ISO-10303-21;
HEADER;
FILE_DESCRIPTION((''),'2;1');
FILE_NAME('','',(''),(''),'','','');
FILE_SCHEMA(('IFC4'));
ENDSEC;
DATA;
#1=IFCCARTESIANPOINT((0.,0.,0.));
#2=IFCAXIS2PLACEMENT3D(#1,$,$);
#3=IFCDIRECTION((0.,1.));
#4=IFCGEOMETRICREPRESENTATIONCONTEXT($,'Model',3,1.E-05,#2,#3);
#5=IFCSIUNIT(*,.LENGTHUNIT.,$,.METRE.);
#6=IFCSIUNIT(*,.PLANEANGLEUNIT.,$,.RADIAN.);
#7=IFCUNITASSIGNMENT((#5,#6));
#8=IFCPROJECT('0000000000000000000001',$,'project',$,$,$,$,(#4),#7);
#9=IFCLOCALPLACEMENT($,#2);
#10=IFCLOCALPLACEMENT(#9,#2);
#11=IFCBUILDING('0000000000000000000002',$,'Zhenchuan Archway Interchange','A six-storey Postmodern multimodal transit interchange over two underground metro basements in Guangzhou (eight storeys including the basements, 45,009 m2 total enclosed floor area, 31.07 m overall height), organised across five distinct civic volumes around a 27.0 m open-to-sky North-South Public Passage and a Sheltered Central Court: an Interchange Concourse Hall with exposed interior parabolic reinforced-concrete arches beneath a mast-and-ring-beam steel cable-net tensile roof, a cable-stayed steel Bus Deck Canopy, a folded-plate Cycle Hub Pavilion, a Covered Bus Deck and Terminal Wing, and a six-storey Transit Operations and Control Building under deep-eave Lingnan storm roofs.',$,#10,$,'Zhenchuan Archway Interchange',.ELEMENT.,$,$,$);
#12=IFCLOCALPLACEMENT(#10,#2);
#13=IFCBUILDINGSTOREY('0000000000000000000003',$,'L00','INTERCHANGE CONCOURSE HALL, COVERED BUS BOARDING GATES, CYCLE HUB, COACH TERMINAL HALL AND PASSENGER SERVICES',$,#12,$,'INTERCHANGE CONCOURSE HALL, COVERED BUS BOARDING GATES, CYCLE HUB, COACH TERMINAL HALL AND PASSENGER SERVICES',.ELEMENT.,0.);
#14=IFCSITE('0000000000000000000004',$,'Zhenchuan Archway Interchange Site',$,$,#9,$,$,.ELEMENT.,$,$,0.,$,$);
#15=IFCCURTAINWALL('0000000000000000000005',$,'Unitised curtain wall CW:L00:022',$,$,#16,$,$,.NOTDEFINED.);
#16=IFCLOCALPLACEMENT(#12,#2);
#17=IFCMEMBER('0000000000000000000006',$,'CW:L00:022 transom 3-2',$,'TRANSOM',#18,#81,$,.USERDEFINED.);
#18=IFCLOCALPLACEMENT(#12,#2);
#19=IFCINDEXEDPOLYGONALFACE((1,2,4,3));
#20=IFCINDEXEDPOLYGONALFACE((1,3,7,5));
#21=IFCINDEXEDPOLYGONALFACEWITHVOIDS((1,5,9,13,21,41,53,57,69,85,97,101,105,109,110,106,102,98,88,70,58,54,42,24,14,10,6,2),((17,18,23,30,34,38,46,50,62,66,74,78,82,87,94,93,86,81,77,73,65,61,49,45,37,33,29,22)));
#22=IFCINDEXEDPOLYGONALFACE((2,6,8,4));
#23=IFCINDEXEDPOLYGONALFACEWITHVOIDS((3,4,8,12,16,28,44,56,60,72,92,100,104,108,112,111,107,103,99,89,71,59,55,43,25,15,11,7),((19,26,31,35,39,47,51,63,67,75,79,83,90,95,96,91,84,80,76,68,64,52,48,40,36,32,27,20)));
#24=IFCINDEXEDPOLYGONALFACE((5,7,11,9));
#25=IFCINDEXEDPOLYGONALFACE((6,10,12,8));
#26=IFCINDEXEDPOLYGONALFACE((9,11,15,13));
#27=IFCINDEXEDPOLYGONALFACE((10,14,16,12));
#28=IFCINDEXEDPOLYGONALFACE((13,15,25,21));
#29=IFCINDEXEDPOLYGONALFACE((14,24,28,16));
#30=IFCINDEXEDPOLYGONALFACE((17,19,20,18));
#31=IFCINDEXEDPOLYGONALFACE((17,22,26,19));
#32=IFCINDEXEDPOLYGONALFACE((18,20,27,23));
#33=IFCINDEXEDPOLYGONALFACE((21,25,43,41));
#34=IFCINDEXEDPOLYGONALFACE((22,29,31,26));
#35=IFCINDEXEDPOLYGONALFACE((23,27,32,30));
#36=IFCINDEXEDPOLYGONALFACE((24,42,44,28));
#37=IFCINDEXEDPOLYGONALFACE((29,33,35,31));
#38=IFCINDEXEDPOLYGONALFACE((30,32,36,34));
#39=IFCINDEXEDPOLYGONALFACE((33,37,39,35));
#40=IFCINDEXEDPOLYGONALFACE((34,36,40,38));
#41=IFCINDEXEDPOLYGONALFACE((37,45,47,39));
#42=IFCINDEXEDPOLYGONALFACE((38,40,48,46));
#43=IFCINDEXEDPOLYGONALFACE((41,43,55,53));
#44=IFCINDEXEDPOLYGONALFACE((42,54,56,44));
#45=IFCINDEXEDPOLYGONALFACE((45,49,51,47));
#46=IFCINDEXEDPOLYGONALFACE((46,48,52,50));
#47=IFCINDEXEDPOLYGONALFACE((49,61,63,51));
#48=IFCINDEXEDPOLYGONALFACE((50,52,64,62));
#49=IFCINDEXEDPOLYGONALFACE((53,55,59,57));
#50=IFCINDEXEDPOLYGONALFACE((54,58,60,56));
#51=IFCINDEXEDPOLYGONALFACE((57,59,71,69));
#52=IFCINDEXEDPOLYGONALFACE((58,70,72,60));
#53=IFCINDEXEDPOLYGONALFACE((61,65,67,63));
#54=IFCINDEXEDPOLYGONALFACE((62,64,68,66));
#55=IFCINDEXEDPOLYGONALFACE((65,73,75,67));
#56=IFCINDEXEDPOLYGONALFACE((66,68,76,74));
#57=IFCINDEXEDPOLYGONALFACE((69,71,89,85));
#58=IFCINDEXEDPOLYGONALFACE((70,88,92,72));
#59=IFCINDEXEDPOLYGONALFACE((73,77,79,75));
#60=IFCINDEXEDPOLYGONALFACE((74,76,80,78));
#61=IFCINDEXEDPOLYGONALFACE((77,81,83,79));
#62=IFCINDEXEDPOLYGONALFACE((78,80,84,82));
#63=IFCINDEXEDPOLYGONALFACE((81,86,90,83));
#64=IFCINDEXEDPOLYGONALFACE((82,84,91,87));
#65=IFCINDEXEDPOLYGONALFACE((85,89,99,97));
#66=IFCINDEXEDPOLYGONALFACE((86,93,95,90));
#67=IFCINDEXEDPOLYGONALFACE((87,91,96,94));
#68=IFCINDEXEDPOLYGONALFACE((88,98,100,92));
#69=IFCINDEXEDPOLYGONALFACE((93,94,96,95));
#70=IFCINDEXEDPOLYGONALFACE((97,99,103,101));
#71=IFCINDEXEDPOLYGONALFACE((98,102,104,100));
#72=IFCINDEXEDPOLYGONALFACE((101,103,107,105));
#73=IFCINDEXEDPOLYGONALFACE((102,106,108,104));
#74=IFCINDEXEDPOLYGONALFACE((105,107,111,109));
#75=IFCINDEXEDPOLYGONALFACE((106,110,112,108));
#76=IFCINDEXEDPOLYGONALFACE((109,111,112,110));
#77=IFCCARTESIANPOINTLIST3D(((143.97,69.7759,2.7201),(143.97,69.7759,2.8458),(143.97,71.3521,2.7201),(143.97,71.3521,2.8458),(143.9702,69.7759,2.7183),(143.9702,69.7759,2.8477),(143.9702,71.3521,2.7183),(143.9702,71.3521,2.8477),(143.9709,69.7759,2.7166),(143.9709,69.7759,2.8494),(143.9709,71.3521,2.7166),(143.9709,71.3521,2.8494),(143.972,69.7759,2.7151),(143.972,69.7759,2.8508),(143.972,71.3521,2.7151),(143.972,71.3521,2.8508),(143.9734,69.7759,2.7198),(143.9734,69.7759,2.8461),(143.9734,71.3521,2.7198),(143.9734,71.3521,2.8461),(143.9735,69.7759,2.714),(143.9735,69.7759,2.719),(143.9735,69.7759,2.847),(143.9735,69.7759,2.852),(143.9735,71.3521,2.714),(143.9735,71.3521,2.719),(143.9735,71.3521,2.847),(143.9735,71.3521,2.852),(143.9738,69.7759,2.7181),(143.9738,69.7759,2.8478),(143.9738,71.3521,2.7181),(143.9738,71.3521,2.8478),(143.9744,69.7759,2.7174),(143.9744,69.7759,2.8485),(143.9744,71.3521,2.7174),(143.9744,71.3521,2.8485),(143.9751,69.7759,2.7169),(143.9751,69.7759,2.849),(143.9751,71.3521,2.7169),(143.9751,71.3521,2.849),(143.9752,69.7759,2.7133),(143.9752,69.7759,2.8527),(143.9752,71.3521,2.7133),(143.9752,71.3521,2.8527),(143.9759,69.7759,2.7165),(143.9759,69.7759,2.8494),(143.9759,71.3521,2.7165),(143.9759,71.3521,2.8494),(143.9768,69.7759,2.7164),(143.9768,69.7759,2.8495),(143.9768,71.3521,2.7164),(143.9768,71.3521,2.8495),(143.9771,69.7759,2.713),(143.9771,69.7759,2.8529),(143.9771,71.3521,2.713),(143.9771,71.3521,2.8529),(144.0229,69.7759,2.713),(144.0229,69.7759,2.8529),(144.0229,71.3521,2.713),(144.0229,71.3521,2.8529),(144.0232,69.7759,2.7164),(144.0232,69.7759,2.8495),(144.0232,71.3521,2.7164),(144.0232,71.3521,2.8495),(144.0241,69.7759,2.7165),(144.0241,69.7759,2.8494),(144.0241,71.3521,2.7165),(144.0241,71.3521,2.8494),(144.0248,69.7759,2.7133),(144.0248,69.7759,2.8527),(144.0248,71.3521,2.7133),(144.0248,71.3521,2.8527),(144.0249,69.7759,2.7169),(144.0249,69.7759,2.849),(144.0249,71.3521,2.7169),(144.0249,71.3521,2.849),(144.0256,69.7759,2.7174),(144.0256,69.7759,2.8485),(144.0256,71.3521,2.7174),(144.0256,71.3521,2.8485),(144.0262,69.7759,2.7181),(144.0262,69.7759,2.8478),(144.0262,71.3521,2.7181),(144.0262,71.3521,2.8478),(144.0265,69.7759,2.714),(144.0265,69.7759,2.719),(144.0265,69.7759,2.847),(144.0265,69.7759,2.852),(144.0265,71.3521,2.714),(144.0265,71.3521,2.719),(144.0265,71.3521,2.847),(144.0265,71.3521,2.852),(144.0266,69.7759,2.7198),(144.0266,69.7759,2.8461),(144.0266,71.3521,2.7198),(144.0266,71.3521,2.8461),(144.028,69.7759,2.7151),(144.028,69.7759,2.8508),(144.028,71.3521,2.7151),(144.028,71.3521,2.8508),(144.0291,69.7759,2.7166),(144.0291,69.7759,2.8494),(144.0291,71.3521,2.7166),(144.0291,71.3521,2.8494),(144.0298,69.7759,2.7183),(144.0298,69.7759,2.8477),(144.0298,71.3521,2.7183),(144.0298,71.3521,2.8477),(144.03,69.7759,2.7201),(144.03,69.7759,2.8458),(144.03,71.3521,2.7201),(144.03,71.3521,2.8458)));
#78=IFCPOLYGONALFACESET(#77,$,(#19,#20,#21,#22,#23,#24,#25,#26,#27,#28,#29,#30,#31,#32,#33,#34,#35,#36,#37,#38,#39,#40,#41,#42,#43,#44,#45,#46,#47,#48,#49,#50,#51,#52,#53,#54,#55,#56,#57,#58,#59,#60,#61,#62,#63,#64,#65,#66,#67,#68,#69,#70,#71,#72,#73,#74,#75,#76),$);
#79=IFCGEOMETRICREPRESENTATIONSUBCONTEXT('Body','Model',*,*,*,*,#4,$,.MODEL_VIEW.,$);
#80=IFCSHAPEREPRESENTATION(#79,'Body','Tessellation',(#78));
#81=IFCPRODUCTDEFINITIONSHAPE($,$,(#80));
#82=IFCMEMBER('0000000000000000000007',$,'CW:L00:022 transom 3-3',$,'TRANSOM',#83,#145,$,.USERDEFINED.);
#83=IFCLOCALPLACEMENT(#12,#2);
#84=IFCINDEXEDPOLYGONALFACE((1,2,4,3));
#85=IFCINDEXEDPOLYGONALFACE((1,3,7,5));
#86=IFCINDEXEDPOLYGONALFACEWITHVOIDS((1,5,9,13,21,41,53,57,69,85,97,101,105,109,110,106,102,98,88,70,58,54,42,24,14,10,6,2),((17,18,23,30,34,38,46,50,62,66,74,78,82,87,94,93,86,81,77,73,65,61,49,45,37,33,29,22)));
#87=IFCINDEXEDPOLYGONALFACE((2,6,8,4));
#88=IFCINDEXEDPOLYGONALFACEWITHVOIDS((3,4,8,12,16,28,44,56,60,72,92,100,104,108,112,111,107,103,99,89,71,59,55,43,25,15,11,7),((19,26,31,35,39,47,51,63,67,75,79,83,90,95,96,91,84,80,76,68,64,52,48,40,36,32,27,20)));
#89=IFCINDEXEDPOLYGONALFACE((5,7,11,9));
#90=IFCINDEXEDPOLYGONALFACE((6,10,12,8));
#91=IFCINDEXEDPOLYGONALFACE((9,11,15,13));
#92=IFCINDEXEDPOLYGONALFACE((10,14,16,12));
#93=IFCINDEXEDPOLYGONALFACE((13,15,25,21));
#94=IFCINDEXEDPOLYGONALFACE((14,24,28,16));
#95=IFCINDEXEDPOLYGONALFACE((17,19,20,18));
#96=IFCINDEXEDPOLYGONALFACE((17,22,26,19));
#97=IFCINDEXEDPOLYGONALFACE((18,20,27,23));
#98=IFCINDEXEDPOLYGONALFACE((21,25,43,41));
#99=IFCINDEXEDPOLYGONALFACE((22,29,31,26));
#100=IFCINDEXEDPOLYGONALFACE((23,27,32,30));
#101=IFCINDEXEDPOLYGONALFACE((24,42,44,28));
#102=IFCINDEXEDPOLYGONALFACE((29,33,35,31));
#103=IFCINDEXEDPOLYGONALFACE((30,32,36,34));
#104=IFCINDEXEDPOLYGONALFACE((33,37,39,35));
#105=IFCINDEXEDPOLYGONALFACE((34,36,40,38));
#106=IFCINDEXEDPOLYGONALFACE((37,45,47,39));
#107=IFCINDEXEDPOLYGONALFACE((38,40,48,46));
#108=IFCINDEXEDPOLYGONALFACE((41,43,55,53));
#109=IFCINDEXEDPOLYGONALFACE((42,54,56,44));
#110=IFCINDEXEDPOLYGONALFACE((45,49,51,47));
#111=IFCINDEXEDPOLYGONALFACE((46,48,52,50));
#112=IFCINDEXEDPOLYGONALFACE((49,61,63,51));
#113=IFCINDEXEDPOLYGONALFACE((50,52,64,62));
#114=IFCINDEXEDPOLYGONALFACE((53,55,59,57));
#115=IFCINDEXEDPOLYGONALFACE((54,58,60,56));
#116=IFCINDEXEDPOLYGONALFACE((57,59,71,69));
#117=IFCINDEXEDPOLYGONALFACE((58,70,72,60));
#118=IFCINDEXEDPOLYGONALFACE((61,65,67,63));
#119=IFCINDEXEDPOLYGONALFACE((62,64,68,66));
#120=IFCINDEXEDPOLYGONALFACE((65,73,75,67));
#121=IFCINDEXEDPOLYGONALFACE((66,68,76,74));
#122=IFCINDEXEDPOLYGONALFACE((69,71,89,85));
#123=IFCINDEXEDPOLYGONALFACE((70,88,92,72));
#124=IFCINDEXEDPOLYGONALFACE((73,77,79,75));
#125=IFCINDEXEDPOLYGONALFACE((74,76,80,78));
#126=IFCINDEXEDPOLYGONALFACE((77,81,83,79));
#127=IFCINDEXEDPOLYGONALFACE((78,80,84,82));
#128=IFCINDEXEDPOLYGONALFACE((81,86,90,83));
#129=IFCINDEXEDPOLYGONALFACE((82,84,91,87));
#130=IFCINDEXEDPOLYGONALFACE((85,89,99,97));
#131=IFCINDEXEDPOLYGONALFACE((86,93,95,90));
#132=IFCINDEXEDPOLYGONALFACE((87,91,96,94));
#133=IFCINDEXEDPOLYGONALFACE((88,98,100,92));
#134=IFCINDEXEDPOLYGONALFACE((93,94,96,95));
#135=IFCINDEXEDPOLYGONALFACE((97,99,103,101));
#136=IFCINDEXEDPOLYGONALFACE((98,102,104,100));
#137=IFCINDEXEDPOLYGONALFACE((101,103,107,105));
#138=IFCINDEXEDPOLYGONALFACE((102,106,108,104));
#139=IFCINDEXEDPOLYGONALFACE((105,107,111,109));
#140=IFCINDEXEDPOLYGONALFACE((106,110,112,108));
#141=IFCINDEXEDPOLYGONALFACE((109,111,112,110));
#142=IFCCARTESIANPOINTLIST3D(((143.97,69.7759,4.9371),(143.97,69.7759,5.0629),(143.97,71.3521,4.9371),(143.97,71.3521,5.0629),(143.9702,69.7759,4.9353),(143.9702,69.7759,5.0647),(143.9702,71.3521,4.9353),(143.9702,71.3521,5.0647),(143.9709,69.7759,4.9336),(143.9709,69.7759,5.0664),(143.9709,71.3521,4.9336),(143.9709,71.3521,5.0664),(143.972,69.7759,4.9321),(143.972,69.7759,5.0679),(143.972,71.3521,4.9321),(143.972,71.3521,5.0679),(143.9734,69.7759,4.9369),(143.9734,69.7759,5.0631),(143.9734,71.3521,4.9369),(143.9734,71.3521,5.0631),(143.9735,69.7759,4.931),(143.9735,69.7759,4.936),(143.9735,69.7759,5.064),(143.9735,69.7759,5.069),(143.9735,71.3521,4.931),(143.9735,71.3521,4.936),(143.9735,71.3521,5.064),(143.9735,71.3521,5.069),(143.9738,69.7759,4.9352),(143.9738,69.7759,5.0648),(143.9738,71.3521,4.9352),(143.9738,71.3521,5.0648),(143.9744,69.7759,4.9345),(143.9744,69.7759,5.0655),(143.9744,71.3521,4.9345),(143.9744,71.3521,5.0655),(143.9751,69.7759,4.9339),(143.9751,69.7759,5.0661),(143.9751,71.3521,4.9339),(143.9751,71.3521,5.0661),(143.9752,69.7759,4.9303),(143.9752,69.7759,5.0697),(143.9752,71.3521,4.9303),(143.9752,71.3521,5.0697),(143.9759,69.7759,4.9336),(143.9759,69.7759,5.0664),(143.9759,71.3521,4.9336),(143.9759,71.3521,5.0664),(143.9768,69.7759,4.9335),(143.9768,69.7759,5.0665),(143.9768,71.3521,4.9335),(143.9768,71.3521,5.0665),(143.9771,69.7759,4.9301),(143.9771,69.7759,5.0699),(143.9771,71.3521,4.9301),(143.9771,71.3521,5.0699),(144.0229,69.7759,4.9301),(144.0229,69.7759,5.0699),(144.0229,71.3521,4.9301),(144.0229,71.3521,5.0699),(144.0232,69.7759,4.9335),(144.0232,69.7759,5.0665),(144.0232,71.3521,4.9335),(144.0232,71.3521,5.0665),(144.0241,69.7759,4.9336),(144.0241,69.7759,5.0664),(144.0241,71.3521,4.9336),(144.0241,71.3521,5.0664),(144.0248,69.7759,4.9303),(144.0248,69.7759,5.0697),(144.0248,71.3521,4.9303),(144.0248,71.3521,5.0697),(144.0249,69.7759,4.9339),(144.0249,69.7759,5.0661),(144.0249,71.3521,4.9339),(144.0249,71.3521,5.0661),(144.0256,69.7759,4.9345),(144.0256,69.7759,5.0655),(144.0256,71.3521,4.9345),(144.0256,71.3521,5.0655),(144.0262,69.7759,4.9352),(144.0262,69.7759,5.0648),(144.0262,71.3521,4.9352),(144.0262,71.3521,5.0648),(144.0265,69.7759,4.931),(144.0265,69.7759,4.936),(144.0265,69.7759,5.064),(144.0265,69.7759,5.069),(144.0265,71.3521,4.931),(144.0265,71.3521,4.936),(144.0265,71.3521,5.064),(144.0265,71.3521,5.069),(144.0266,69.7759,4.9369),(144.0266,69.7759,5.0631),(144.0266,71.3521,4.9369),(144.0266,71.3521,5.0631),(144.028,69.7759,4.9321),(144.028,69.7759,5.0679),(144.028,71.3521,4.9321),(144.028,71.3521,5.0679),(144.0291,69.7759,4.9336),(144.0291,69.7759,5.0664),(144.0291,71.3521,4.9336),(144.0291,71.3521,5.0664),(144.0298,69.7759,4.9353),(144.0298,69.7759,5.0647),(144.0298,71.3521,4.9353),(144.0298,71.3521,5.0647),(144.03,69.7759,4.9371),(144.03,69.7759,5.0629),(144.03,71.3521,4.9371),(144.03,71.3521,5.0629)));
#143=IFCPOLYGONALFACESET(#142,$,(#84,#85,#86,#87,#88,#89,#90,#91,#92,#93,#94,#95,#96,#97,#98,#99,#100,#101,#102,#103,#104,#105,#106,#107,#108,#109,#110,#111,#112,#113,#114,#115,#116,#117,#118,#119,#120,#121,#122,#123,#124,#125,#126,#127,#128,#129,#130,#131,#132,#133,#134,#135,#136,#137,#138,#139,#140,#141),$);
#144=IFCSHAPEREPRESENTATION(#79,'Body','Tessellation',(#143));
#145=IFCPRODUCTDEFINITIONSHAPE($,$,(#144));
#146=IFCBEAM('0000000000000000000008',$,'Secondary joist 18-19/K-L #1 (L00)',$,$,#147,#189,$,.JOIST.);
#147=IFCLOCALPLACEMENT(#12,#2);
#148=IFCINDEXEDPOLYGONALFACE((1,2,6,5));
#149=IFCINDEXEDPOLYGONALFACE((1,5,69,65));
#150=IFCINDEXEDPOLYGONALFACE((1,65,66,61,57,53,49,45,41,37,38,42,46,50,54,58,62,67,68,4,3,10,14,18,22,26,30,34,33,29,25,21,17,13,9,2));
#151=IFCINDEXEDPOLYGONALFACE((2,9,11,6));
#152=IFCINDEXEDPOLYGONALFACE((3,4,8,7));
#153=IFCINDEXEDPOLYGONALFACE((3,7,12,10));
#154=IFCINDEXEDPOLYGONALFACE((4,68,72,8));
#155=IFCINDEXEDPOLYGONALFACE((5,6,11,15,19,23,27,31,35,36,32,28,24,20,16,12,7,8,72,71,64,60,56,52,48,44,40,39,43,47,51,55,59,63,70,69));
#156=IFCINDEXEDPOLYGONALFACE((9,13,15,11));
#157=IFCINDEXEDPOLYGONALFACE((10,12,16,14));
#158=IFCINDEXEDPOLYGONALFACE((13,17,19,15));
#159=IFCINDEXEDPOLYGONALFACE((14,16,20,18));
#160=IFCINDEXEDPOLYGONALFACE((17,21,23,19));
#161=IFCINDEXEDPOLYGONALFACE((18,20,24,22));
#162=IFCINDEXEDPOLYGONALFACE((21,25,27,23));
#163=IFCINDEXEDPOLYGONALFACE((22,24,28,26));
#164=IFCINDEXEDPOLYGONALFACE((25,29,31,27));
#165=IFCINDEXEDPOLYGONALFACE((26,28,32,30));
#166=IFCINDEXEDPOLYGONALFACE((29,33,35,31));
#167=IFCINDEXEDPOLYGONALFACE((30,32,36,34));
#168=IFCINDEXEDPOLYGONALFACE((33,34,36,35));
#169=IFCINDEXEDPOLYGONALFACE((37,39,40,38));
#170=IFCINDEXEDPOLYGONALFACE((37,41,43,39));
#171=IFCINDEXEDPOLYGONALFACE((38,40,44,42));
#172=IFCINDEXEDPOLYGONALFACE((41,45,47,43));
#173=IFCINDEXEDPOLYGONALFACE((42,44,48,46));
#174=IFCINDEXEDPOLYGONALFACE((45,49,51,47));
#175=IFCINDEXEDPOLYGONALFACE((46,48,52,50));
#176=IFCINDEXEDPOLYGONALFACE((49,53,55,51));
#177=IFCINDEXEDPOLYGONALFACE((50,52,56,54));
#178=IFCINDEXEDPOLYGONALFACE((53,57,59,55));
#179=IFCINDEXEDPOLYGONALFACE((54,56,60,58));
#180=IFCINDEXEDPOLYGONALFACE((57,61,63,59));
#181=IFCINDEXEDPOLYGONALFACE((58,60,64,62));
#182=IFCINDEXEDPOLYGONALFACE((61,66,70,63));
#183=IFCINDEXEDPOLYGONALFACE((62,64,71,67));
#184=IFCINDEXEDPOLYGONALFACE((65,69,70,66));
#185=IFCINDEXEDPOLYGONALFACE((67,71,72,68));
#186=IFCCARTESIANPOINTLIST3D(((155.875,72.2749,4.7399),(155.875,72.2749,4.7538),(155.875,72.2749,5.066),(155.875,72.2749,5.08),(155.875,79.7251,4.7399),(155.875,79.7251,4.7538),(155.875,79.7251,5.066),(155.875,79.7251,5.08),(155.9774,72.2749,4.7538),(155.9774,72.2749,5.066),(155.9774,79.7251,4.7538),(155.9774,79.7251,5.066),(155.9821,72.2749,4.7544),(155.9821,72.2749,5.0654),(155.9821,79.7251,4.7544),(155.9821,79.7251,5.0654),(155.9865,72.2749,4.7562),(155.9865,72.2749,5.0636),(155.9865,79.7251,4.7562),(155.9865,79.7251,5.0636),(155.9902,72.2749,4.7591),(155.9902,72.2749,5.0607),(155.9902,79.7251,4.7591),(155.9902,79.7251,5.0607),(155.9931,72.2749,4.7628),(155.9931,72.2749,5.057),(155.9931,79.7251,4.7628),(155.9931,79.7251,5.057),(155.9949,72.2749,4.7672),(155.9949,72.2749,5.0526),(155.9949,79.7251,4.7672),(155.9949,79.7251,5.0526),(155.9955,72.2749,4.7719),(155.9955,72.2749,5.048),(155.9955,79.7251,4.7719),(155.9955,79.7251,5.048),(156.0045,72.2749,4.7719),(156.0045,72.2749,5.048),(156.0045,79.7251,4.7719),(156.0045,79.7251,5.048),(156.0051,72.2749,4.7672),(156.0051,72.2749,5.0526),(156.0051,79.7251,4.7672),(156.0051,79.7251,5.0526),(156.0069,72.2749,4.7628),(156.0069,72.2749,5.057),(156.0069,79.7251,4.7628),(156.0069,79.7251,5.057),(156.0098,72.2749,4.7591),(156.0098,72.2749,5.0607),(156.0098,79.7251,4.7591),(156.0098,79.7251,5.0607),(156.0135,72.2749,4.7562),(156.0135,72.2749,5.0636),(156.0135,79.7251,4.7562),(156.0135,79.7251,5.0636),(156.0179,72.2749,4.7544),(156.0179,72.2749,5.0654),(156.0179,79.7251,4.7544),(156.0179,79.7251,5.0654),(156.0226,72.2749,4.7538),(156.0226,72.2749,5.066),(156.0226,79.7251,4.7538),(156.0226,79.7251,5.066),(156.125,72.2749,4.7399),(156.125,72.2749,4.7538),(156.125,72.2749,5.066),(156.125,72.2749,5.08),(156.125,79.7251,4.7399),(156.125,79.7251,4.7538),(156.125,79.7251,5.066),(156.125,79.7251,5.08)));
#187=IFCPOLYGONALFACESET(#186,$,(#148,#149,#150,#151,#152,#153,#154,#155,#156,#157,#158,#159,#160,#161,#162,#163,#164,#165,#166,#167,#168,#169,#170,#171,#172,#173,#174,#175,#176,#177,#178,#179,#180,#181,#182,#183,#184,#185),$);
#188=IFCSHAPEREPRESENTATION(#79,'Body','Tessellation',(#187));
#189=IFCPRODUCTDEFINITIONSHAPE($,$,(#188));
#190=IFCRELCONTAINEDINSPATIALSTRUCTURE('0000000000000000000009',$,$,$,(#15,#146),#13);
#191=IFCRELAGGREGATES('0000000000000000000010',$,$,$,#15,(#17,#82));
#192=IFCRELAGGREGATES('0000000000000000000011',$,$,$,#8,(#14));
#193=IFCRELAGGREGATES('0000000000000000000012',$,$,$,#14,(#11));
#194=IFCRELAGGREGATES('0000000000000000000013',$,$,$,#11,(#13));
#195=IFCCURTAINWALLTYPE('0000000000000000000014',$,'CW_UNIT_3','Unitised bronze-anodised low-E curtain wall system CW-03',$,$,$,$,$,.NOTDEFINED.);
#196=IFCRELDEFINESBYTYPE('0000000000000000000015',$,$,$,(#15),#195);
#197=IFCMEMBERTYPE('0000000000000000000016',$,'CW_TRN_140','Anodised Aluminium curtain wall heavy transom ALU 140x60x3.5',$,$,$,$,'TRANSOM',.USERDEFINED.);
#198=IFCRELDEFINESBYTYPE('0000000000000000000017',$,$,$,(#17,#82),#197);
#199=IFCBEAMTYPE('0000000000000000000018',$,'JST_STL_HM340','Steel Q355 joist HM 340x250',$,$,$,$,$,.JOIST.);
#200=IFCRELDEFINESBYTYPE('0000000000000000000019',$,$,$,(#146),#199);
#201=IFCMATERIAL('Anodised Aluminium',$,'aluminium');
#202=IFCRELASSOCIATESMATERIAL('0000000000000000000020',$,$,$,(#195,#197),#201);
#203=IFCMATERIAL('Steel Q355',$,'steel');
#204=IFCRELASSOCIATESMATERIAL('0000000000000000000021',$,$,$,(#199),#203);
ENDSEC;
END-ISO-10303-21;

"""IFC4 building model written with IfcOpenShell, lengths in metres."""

from ifc_helpers import new_model, si_unit, direction, frame, origin, origin_2d, place, context, subcontext, project, spatial, hollow_rectangle, i_section, extrude, material, material_profile, profile_set, type_object, element, aggregate, save


model = new_model("IFC4")

# Units and contexts
model_context = context("Model", 3, precision=1e-05, world=origin(), true_north=direction((0.0, 1.0)))
body_context = subcontext(model_context, "Body", "Model", "MODEL_VIEW")
ifc_project = project(units=[si_unit("LENGTHUNIT", "METRE"), si_unit("PLANEANGLEUNIT", "RADIAN")], contexts=[model_context])

# Site, building, storey
site_placement = place(None, origin())
site = spatial("IfcSite", under=ifc_project, at=site_placement, Name="Zhenchuan Archway Interchange Site", CompositionType="ELEMENT", RefElevation=0.0)
building_placement = place(site_placement, origin())
building = spatial("IfcBuilding", under=site, at=building_placement, Name="Zhenchuan Archway Interchange", Description="A six-storey Postmodern multimodal transit interchange over two underground metro basements in Guangzhou (eight storeys including the basements, 45,009 m2 total enclosed floor area, 31.07 m overall height), organised across five distinct civic volumes around a 27.0 m open-to-sky North-South Public Passage and a Sheltered Central Court: an Interchange Concourse Hall with exposed interior parabolic reinforced-concrete arches beneath a mast-and-ring-beam steel cable-net tensile roof, a cable-stayed steel Bus Deck Canopy, a folded-plate Cycle Hub Pavilion, a Covered Bus Deck and Terminal Wing, and a six-storey Transit Operations and Control Building under deep-eave Lingnan storm roofs.", LongName="Zhenchuan Archway Interchange", CompositionType="ELEMENT")
storey_placement = place(building_placement, origin())
storey = spatial("IfcBuildingStorey", under=building, at=storey_placement, Name="L00", Description="INTERCHANGE CONCOURSE HALL, COVERED BUS BOARDING GATES, CYCLE HUB, COACH TERMINAL HALL AND PASSENGER SERVICES", LongName="INTERCHANGE CONCOURSE HALL, COVERED BUS BOARDING GATES, CYCLE HUB, COACH TERMINAL HALL AND PASSENGER SERVICES", CompositionType="ELEMENT", Elevation=0.0)

# Curtain wall, members
ifc_material_1 = material(Name="Anodised Aluminium", Category="aluminium")
curtain_wall_type = type_object("IfcCurtainWallType", Name="CW_UNIT_3", Description="Unitised bronze-anodised low-E curtain wall system CW-03", PredefinedType="NOTDEFINED", material=ifc_material_1)
curtain_wall_placement = place(storey_placement, origin())
curtain_wall = element("IfcCurtainWall", 1, at=curtain_wall_placement, inside=storey, type_object=curtain_wall_type, Name="Unitised curtain wall CW:L00:022", PredefinedType="NOTDEFINED")
ifc_material_profile_1 = material_profile(ifc_material_1, hollow_rectangle(XDim=0.0601, YDim=0.1399, WallThickness=0.0034, InnerFilletRadius=0.0034, OuterFilletRadius=0.0071, at=origin_2d()), Name="ALU 140x60x3.5")
ifc_profile_set_1 = profile_set([ifc_material_profile_1], Name="Anodised Aluminium")
member_type_1 = type_object("IfcMemberType", Name="CW_TRN_140", Description="Anodised Aluminium curtain wall heavy transom ALU 140x60x3.5", ElementType="TRANSOM", PredefinedType="USERDEFINED", material=ifc_profile_set_1)
member_1_placement = place(storey_placement, frame((144.0, 69.7759, 2.783), z_axis=(0.0, 1.0, 0.0), x_axis=(-1.0, 0.0, 0.0)))
member_1 = element("IfcMember", 2, at=member_1_placement, type_object=member_type_1, Name="CW:L00:022 transom 3-2", ObjectType="TRANSOM", PredefinedType="USERDEFINED", context=body_context, shape_type="SweptSolid", body=[
    extrude(hollow_rectangle(XDim=0.0601, YDim=0.1399, WallThickness=0.0034, InnerFilletRadius=0.0034, OuterFilletRadius=0.0071, at=origin_2d()), origin(), (0.0, 0.0, 1.0), 1.5762),
])
member_2_placement = place(storey_placement, frame((144.0, 69.7759, 5.0), z_axis=(0.0, 1.0, 0.0), x_axis=(-1.0, 0.0, 0.0)))
member_2 = element("IfcMember", 3, at=member_2_placement, type_object=member_type_1, Name="CW:L00:022 transom 3-3", ObjectType="TRANSOM", PredefinedType="USERDEFINED", context=body_context, shape_type="SweptSolid", body=[
    extrude(hollow_rectangle(XDim=0.0601, YDim=0.1399, WallThickness=0.0034, InnerFilletRadius=0.0034, OuterFilletRadius=0.0071, at=origin_2d()), origin(), (0.0, 0.0, 1.0), 1.5762),
])

# Beam
ifc_material_2 = material(Name="Steel Q355", Category="steel")
ifc_material_profile_2 = material_profile(ifc_material_2, i_section(OverallWidth=0.25, OverallDepth=0.3401, WebThickness=0.009, FlangeThickness=0.0139, FilletRadius=0.0181, at=origin_2d()), Name="HM 340x250")
ifc_profile_set_2 = profile_set([ifc_material_profile_2], Name="Steel Q355")
beam_type_1 = type_object("IfcBeamType", Name="JST_STL_HM340", Description="Steel Q355 joist HM 340x250", PredefinedType="JOIST", material=ifc_profile_set_2)
beam_1_placement = place(storey_placement, frame((156.0, 72.2749, 4.9099), z_axis=(0.0, 1.0, 0.0), x_axis=(-1.0, 0.0, 0.0)))
element("IfcBeam", 4, at=beam_1_placement, inside=storey, type_object=beam_type_1, Name="Secondary joist 18-19/K-L #1 (L00)", PredefinedType="JOIST", context=body_context, shape_type="SweptSolid", body=[
    extrude(i_section(OverallWidth=0.25, OverallDepth=0.3401, WebThickness=0.009, FlangeThickness=0.0139, FilletRadius=0.0181, at=origin_2d()), origin(), (0.0, 0.0, 1.0), 7.4502),
])

aggregate(curtain_wall, [member_1, member_2])

save(model, "model.ifc")
